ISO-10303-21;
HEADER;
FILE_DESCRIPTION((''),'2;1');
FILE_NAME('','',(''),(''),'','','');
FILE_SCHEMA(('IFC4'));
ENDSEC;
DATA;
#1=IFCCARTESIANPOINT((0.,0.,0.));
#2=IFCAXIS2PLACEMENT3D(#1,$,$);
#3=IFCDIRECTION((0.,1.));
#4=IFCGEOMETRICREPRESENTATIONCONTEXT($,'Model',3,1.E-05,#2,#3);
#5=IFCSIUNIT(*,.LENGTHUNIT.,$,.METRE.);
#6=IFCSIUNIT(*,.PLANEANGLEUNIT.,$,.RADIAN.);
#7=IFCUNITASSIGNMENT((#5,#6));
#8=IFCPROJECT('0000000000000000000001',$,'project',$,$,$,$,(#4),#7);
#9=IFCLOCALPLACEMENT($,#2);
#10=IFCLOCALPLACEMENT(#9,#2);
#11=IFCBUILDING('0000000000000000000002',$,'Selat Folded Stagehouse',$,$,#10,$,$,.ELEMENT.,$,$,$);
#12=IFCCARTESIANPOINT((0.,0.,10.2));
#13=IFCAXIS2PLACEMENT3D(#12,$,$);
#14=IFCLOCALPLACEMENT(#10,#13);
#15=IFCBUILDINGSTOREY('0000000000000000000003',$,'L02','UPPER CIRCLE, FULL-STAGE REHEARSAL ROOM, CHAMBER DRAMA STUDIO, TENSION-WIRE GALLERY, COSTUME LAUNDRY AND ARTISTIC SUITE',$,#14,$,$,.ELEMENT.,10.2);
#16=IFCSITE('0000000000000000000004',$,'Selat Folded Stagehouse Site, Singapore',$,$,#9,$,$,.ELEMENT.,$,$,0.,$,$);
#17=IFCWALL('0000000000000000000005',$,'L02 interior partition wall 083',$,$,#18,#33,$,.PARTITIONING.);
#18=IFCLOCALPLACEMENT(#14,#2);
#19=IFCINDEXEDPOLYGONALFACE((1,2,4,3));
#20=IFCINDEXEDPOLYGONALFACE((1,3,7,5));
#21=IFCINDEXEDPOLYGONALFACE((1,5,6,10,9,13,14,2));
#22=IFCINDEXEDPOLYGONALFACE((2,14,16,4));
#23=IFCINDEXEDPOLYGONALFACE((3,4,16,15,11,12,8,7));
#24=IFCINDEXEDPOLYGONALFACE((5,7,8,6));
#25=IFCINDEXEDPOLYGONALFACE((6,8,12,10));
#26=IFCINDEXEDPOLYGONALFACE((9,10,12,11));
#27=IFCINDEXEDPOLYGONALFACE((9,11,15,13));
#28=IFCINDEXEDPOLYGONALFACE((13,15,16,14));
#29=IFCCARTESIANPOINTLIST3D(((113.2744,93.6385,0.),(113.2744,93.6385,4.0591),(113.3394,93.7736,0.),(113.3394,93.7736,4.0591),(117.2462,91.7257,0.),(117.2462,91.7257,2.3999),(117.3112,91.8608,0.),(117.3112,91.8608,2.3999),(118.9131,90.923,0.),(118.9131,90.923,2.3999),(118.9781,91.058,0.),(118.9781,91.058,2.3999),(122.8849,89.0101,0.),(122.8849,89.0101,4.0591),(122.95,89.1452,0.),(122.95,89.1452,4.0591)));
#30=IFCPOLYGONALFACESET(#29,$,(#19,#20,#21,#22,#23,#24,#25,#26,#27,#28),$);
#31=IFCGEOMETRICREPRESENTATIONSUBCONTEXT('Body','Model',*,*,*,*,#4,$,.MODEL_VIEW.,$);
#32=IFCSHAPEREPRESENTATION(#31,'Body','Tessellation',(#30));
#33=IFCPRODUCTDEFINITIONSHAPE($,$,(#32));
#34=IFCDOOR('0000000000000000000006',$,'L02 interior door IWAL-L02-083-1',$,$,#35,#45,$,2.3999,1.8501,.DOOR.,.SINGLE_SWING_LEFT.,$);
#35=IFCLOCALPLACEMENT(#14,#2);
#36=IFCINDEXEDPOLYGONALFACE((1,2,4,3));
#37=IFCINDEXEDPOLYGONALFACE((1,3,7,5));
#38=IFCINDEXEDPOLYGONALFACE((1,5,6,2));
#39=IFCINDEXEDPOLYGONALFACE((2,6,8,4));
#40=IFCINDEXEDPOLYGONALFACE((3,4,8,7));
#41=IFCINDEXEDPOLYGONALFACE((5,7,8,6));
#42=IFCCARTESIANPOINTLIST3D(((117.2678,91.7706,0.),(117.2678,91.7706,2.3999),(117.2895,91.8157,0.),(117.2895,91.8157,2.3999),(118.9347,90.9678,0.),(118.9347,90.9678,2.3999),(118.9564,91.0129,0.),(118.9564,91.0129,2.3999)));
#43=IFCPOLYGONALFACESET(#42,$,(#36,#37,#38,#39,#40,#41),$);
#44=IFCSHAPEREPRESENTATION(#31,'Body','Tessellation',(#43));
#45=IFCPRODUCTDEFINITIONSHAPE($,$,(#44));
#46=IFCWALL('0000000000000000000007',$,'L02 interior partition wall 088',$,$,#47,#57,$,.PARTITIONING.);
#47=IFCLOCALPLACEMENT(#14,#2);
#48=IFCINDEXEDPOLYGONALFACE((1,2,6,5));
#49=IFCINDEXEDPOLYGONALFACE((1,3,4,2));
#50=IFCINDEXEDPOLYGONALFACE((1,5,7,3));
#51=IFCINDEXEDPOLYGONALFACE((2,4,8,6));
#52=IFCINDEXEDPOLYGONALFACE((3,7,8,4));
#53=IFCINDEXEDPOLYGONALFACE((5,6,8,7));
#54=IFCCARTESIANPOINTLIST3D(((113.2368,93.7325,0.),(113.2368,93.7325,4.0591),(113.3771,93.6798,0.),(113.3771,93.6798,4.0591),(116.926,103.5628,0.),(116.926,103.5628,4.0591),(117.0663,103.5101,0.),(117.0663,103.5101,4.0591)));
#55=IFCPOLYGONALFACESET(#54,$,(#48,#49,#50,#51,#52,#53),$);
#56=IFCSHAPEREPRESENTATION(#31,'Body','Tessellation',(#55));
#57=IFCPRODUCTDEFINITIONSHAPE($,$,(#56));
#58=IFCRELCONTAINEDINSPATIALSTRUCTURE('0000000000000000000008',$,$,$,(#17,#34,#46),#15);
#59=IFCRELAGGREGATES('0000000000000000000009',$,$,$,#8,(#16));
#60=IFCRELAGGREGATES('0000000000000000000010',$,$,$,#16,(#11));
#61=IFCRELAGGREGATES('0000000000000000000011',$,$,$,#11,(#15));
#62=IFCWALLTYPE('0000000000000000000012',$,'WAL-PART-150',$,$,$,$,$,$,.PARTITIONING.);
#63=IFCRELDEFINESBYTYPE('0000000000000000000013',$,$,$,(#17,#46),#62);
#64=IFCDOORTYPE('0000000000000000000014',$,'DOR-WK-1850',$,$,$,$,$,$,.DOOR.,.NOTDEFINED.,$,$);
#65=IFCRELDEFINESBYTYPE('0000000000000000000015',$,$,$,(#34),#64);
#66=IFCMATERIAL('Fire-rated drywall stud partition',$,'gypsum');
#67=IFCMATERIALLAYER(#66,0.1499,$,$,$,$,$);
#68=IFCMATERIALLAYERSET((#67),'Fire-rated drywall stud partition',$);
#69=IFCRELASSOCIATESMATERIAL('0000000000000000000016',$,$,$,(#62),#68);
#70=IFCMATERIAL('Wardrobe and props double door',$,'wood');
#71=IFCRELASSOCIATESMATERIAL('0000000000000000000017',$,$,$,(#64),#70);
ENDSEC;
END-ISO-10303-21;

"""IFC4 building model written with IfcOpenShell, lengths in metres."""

from ifc_helpers import new_model, si_unit, direction, frame, frame_2d, origin, place, context, subcontext, project, spatial, rectangle, extrude, material, layer, layer_set, type_object, element, fill, save


model = new_model("IFC4")

# Units and contexts
model_context = context("Model", 3, precision=1e-05, world=origin(), true_north=direction((0.0, 1.0)))
body_context = subcontext(model_context, "Body", "Model", "MODEL_VIEW")
ifc_project = project(units=[si_unit("LENGTHUNIT", "METRE"), si_unit("PLANEANGLEUNIT", "RADIAN")], contexts=[model_context])

# Site, building, storey
site_placement = place(None, origin())
site = spatial("IfcSite", under=ifc_project, at=site_placement, Name="Selat Folded Stagehouse Site, Singapore", CompositionType="ELEMENT", RefElevation=0.0)
building_placement = place(site_placement, origin())
building = spatial("IfcBuilding", under=site, at=building_placement, Name="Selat Folded Stagehouse", CompositionType="ELEMENT")
storey_placement = place(building_placement, frame((0.0, 0.0, 10.2)))
storey = spatial("IfcBuildingStorey", under=building, at=storey_placement, Name="L02", Description="UPPER CIRCLE, FULL-STAGE REHEARSAL ROOM, CHAMBER DRAMA STUDIO, TENSION-WIRE GALLERY, COSTUME LAUNDRY AND ARTISTIC SUITE", CompositionType="ELEMENT", Elevation=10.2)

# Wall, opening, door
ifc_material_1 = material(Name="Fire-rated drywall stud partition", Category="gypsum")
ifc_layer_1 = layer(ifc_material_1, 0.1499)
ifc_layer_set_1 = layer_set([ifc_layer_1], Name="Fire-rated drywall stud partition")
wall_type = type_object("IfcWallType", Name="WAL-PART-150", PredefinedType="PARTITIONING", material=ifc_layer_set_1)
wall_1_placement = place(storey_placement, frame((113.3069, 93.7061, 0.0), z_axis=(0.0, 0.0, 1.0), x_axis=(0.900962, -0.433899, 0.0)))
wall_1 = element("IfcWall", 1, at=wall_1_placement, inside=storey, type_object=wall_type, Name="L02 interior partition wall 083", PredefinedType="PARTITIONING", context=body_context, shape_type="SweptSolid", body=[
    extrude(rectangle(XDim=10.667, YDim=0.1499, at=frame_2d((5.3335, 0.0))), origin(), (0.0, 0.0, 1.0), 4.0591),
])
opening_placement = place(wall_1_placement, frame((4.4084, 0.0, 0.0)))
opening = element("IfcOpeningElement", 2, at=opening_placement, cuts=wall_1, PredefinedType="OPENING", context=body_context, shape_type="SweptSolid", body=[
    extrude(rectangle(XDim=1.8501, YDim=2.3999, at=frame_2d((0.925, 1.2))), frame((0.0, 0.085, 0.0), z_axis=(0.0, -1.0, 0.0), x_axis=(1.0, 0.0, 0.0)), (0.0, 0.0, 1.0), 0.1699),
])
ifc_material_2 = material(Name="Wardrobe and props double door", Category="wood")
door_type = type_object("IfcDoorType", Name="DOR-WK-1850", OperationType="NOTDEFINED", PredefinedType="DOOR", material=ifc_material_2)
door_placement = place(opening_placement, origin())
door = element("IfcDoor", 3, at=door_placement, inside=storey, type_object=door_type, Name="L02 interior door IWAL-L02-083-1", OperationType="SINGLE_SWING_LEFT", OverallHeight=2.3999, OverallWidth=1.8501, PredefinedType="DOOR", context=body_context, shape_type="SweptSolid", body=[
    extrude(rectangle(XDim=1.8501, YDim=2.3999, at=frame_2d((0.925, 1.2))), frame((0.0, 0.0249, 0.0), z_axis=(0.0, -1.0, 0.0), x_axis=(1.0, 0.0, 0.0)), (0.0, 0.0, 1.0), 0.05),
])
fill(opening, door)

# Wall
wall_2_placement = place(storey_placement, frame((113.3069, 93.7061, 0.0), z_axis=(0.0, 0.0, 1.0), x_axis=(0.35136, 0.93624, 0.0)))
element("IfcWall", 4, at=wall_2_placement, inside=storey, type_object=wall_type, Name="L02 interior partition wall 088", PredefinedType="PARTITIONING", context=body_context, shape_type="SweptSolid", body=[
    extrude(rectangle(XDim=10.4998, YDim=0.1499, at=frame_2d((5.25, 0.0))), origin(), (0.0, 0.0, 1.0), 4.0591),
])

save(model, "model.ifc")
